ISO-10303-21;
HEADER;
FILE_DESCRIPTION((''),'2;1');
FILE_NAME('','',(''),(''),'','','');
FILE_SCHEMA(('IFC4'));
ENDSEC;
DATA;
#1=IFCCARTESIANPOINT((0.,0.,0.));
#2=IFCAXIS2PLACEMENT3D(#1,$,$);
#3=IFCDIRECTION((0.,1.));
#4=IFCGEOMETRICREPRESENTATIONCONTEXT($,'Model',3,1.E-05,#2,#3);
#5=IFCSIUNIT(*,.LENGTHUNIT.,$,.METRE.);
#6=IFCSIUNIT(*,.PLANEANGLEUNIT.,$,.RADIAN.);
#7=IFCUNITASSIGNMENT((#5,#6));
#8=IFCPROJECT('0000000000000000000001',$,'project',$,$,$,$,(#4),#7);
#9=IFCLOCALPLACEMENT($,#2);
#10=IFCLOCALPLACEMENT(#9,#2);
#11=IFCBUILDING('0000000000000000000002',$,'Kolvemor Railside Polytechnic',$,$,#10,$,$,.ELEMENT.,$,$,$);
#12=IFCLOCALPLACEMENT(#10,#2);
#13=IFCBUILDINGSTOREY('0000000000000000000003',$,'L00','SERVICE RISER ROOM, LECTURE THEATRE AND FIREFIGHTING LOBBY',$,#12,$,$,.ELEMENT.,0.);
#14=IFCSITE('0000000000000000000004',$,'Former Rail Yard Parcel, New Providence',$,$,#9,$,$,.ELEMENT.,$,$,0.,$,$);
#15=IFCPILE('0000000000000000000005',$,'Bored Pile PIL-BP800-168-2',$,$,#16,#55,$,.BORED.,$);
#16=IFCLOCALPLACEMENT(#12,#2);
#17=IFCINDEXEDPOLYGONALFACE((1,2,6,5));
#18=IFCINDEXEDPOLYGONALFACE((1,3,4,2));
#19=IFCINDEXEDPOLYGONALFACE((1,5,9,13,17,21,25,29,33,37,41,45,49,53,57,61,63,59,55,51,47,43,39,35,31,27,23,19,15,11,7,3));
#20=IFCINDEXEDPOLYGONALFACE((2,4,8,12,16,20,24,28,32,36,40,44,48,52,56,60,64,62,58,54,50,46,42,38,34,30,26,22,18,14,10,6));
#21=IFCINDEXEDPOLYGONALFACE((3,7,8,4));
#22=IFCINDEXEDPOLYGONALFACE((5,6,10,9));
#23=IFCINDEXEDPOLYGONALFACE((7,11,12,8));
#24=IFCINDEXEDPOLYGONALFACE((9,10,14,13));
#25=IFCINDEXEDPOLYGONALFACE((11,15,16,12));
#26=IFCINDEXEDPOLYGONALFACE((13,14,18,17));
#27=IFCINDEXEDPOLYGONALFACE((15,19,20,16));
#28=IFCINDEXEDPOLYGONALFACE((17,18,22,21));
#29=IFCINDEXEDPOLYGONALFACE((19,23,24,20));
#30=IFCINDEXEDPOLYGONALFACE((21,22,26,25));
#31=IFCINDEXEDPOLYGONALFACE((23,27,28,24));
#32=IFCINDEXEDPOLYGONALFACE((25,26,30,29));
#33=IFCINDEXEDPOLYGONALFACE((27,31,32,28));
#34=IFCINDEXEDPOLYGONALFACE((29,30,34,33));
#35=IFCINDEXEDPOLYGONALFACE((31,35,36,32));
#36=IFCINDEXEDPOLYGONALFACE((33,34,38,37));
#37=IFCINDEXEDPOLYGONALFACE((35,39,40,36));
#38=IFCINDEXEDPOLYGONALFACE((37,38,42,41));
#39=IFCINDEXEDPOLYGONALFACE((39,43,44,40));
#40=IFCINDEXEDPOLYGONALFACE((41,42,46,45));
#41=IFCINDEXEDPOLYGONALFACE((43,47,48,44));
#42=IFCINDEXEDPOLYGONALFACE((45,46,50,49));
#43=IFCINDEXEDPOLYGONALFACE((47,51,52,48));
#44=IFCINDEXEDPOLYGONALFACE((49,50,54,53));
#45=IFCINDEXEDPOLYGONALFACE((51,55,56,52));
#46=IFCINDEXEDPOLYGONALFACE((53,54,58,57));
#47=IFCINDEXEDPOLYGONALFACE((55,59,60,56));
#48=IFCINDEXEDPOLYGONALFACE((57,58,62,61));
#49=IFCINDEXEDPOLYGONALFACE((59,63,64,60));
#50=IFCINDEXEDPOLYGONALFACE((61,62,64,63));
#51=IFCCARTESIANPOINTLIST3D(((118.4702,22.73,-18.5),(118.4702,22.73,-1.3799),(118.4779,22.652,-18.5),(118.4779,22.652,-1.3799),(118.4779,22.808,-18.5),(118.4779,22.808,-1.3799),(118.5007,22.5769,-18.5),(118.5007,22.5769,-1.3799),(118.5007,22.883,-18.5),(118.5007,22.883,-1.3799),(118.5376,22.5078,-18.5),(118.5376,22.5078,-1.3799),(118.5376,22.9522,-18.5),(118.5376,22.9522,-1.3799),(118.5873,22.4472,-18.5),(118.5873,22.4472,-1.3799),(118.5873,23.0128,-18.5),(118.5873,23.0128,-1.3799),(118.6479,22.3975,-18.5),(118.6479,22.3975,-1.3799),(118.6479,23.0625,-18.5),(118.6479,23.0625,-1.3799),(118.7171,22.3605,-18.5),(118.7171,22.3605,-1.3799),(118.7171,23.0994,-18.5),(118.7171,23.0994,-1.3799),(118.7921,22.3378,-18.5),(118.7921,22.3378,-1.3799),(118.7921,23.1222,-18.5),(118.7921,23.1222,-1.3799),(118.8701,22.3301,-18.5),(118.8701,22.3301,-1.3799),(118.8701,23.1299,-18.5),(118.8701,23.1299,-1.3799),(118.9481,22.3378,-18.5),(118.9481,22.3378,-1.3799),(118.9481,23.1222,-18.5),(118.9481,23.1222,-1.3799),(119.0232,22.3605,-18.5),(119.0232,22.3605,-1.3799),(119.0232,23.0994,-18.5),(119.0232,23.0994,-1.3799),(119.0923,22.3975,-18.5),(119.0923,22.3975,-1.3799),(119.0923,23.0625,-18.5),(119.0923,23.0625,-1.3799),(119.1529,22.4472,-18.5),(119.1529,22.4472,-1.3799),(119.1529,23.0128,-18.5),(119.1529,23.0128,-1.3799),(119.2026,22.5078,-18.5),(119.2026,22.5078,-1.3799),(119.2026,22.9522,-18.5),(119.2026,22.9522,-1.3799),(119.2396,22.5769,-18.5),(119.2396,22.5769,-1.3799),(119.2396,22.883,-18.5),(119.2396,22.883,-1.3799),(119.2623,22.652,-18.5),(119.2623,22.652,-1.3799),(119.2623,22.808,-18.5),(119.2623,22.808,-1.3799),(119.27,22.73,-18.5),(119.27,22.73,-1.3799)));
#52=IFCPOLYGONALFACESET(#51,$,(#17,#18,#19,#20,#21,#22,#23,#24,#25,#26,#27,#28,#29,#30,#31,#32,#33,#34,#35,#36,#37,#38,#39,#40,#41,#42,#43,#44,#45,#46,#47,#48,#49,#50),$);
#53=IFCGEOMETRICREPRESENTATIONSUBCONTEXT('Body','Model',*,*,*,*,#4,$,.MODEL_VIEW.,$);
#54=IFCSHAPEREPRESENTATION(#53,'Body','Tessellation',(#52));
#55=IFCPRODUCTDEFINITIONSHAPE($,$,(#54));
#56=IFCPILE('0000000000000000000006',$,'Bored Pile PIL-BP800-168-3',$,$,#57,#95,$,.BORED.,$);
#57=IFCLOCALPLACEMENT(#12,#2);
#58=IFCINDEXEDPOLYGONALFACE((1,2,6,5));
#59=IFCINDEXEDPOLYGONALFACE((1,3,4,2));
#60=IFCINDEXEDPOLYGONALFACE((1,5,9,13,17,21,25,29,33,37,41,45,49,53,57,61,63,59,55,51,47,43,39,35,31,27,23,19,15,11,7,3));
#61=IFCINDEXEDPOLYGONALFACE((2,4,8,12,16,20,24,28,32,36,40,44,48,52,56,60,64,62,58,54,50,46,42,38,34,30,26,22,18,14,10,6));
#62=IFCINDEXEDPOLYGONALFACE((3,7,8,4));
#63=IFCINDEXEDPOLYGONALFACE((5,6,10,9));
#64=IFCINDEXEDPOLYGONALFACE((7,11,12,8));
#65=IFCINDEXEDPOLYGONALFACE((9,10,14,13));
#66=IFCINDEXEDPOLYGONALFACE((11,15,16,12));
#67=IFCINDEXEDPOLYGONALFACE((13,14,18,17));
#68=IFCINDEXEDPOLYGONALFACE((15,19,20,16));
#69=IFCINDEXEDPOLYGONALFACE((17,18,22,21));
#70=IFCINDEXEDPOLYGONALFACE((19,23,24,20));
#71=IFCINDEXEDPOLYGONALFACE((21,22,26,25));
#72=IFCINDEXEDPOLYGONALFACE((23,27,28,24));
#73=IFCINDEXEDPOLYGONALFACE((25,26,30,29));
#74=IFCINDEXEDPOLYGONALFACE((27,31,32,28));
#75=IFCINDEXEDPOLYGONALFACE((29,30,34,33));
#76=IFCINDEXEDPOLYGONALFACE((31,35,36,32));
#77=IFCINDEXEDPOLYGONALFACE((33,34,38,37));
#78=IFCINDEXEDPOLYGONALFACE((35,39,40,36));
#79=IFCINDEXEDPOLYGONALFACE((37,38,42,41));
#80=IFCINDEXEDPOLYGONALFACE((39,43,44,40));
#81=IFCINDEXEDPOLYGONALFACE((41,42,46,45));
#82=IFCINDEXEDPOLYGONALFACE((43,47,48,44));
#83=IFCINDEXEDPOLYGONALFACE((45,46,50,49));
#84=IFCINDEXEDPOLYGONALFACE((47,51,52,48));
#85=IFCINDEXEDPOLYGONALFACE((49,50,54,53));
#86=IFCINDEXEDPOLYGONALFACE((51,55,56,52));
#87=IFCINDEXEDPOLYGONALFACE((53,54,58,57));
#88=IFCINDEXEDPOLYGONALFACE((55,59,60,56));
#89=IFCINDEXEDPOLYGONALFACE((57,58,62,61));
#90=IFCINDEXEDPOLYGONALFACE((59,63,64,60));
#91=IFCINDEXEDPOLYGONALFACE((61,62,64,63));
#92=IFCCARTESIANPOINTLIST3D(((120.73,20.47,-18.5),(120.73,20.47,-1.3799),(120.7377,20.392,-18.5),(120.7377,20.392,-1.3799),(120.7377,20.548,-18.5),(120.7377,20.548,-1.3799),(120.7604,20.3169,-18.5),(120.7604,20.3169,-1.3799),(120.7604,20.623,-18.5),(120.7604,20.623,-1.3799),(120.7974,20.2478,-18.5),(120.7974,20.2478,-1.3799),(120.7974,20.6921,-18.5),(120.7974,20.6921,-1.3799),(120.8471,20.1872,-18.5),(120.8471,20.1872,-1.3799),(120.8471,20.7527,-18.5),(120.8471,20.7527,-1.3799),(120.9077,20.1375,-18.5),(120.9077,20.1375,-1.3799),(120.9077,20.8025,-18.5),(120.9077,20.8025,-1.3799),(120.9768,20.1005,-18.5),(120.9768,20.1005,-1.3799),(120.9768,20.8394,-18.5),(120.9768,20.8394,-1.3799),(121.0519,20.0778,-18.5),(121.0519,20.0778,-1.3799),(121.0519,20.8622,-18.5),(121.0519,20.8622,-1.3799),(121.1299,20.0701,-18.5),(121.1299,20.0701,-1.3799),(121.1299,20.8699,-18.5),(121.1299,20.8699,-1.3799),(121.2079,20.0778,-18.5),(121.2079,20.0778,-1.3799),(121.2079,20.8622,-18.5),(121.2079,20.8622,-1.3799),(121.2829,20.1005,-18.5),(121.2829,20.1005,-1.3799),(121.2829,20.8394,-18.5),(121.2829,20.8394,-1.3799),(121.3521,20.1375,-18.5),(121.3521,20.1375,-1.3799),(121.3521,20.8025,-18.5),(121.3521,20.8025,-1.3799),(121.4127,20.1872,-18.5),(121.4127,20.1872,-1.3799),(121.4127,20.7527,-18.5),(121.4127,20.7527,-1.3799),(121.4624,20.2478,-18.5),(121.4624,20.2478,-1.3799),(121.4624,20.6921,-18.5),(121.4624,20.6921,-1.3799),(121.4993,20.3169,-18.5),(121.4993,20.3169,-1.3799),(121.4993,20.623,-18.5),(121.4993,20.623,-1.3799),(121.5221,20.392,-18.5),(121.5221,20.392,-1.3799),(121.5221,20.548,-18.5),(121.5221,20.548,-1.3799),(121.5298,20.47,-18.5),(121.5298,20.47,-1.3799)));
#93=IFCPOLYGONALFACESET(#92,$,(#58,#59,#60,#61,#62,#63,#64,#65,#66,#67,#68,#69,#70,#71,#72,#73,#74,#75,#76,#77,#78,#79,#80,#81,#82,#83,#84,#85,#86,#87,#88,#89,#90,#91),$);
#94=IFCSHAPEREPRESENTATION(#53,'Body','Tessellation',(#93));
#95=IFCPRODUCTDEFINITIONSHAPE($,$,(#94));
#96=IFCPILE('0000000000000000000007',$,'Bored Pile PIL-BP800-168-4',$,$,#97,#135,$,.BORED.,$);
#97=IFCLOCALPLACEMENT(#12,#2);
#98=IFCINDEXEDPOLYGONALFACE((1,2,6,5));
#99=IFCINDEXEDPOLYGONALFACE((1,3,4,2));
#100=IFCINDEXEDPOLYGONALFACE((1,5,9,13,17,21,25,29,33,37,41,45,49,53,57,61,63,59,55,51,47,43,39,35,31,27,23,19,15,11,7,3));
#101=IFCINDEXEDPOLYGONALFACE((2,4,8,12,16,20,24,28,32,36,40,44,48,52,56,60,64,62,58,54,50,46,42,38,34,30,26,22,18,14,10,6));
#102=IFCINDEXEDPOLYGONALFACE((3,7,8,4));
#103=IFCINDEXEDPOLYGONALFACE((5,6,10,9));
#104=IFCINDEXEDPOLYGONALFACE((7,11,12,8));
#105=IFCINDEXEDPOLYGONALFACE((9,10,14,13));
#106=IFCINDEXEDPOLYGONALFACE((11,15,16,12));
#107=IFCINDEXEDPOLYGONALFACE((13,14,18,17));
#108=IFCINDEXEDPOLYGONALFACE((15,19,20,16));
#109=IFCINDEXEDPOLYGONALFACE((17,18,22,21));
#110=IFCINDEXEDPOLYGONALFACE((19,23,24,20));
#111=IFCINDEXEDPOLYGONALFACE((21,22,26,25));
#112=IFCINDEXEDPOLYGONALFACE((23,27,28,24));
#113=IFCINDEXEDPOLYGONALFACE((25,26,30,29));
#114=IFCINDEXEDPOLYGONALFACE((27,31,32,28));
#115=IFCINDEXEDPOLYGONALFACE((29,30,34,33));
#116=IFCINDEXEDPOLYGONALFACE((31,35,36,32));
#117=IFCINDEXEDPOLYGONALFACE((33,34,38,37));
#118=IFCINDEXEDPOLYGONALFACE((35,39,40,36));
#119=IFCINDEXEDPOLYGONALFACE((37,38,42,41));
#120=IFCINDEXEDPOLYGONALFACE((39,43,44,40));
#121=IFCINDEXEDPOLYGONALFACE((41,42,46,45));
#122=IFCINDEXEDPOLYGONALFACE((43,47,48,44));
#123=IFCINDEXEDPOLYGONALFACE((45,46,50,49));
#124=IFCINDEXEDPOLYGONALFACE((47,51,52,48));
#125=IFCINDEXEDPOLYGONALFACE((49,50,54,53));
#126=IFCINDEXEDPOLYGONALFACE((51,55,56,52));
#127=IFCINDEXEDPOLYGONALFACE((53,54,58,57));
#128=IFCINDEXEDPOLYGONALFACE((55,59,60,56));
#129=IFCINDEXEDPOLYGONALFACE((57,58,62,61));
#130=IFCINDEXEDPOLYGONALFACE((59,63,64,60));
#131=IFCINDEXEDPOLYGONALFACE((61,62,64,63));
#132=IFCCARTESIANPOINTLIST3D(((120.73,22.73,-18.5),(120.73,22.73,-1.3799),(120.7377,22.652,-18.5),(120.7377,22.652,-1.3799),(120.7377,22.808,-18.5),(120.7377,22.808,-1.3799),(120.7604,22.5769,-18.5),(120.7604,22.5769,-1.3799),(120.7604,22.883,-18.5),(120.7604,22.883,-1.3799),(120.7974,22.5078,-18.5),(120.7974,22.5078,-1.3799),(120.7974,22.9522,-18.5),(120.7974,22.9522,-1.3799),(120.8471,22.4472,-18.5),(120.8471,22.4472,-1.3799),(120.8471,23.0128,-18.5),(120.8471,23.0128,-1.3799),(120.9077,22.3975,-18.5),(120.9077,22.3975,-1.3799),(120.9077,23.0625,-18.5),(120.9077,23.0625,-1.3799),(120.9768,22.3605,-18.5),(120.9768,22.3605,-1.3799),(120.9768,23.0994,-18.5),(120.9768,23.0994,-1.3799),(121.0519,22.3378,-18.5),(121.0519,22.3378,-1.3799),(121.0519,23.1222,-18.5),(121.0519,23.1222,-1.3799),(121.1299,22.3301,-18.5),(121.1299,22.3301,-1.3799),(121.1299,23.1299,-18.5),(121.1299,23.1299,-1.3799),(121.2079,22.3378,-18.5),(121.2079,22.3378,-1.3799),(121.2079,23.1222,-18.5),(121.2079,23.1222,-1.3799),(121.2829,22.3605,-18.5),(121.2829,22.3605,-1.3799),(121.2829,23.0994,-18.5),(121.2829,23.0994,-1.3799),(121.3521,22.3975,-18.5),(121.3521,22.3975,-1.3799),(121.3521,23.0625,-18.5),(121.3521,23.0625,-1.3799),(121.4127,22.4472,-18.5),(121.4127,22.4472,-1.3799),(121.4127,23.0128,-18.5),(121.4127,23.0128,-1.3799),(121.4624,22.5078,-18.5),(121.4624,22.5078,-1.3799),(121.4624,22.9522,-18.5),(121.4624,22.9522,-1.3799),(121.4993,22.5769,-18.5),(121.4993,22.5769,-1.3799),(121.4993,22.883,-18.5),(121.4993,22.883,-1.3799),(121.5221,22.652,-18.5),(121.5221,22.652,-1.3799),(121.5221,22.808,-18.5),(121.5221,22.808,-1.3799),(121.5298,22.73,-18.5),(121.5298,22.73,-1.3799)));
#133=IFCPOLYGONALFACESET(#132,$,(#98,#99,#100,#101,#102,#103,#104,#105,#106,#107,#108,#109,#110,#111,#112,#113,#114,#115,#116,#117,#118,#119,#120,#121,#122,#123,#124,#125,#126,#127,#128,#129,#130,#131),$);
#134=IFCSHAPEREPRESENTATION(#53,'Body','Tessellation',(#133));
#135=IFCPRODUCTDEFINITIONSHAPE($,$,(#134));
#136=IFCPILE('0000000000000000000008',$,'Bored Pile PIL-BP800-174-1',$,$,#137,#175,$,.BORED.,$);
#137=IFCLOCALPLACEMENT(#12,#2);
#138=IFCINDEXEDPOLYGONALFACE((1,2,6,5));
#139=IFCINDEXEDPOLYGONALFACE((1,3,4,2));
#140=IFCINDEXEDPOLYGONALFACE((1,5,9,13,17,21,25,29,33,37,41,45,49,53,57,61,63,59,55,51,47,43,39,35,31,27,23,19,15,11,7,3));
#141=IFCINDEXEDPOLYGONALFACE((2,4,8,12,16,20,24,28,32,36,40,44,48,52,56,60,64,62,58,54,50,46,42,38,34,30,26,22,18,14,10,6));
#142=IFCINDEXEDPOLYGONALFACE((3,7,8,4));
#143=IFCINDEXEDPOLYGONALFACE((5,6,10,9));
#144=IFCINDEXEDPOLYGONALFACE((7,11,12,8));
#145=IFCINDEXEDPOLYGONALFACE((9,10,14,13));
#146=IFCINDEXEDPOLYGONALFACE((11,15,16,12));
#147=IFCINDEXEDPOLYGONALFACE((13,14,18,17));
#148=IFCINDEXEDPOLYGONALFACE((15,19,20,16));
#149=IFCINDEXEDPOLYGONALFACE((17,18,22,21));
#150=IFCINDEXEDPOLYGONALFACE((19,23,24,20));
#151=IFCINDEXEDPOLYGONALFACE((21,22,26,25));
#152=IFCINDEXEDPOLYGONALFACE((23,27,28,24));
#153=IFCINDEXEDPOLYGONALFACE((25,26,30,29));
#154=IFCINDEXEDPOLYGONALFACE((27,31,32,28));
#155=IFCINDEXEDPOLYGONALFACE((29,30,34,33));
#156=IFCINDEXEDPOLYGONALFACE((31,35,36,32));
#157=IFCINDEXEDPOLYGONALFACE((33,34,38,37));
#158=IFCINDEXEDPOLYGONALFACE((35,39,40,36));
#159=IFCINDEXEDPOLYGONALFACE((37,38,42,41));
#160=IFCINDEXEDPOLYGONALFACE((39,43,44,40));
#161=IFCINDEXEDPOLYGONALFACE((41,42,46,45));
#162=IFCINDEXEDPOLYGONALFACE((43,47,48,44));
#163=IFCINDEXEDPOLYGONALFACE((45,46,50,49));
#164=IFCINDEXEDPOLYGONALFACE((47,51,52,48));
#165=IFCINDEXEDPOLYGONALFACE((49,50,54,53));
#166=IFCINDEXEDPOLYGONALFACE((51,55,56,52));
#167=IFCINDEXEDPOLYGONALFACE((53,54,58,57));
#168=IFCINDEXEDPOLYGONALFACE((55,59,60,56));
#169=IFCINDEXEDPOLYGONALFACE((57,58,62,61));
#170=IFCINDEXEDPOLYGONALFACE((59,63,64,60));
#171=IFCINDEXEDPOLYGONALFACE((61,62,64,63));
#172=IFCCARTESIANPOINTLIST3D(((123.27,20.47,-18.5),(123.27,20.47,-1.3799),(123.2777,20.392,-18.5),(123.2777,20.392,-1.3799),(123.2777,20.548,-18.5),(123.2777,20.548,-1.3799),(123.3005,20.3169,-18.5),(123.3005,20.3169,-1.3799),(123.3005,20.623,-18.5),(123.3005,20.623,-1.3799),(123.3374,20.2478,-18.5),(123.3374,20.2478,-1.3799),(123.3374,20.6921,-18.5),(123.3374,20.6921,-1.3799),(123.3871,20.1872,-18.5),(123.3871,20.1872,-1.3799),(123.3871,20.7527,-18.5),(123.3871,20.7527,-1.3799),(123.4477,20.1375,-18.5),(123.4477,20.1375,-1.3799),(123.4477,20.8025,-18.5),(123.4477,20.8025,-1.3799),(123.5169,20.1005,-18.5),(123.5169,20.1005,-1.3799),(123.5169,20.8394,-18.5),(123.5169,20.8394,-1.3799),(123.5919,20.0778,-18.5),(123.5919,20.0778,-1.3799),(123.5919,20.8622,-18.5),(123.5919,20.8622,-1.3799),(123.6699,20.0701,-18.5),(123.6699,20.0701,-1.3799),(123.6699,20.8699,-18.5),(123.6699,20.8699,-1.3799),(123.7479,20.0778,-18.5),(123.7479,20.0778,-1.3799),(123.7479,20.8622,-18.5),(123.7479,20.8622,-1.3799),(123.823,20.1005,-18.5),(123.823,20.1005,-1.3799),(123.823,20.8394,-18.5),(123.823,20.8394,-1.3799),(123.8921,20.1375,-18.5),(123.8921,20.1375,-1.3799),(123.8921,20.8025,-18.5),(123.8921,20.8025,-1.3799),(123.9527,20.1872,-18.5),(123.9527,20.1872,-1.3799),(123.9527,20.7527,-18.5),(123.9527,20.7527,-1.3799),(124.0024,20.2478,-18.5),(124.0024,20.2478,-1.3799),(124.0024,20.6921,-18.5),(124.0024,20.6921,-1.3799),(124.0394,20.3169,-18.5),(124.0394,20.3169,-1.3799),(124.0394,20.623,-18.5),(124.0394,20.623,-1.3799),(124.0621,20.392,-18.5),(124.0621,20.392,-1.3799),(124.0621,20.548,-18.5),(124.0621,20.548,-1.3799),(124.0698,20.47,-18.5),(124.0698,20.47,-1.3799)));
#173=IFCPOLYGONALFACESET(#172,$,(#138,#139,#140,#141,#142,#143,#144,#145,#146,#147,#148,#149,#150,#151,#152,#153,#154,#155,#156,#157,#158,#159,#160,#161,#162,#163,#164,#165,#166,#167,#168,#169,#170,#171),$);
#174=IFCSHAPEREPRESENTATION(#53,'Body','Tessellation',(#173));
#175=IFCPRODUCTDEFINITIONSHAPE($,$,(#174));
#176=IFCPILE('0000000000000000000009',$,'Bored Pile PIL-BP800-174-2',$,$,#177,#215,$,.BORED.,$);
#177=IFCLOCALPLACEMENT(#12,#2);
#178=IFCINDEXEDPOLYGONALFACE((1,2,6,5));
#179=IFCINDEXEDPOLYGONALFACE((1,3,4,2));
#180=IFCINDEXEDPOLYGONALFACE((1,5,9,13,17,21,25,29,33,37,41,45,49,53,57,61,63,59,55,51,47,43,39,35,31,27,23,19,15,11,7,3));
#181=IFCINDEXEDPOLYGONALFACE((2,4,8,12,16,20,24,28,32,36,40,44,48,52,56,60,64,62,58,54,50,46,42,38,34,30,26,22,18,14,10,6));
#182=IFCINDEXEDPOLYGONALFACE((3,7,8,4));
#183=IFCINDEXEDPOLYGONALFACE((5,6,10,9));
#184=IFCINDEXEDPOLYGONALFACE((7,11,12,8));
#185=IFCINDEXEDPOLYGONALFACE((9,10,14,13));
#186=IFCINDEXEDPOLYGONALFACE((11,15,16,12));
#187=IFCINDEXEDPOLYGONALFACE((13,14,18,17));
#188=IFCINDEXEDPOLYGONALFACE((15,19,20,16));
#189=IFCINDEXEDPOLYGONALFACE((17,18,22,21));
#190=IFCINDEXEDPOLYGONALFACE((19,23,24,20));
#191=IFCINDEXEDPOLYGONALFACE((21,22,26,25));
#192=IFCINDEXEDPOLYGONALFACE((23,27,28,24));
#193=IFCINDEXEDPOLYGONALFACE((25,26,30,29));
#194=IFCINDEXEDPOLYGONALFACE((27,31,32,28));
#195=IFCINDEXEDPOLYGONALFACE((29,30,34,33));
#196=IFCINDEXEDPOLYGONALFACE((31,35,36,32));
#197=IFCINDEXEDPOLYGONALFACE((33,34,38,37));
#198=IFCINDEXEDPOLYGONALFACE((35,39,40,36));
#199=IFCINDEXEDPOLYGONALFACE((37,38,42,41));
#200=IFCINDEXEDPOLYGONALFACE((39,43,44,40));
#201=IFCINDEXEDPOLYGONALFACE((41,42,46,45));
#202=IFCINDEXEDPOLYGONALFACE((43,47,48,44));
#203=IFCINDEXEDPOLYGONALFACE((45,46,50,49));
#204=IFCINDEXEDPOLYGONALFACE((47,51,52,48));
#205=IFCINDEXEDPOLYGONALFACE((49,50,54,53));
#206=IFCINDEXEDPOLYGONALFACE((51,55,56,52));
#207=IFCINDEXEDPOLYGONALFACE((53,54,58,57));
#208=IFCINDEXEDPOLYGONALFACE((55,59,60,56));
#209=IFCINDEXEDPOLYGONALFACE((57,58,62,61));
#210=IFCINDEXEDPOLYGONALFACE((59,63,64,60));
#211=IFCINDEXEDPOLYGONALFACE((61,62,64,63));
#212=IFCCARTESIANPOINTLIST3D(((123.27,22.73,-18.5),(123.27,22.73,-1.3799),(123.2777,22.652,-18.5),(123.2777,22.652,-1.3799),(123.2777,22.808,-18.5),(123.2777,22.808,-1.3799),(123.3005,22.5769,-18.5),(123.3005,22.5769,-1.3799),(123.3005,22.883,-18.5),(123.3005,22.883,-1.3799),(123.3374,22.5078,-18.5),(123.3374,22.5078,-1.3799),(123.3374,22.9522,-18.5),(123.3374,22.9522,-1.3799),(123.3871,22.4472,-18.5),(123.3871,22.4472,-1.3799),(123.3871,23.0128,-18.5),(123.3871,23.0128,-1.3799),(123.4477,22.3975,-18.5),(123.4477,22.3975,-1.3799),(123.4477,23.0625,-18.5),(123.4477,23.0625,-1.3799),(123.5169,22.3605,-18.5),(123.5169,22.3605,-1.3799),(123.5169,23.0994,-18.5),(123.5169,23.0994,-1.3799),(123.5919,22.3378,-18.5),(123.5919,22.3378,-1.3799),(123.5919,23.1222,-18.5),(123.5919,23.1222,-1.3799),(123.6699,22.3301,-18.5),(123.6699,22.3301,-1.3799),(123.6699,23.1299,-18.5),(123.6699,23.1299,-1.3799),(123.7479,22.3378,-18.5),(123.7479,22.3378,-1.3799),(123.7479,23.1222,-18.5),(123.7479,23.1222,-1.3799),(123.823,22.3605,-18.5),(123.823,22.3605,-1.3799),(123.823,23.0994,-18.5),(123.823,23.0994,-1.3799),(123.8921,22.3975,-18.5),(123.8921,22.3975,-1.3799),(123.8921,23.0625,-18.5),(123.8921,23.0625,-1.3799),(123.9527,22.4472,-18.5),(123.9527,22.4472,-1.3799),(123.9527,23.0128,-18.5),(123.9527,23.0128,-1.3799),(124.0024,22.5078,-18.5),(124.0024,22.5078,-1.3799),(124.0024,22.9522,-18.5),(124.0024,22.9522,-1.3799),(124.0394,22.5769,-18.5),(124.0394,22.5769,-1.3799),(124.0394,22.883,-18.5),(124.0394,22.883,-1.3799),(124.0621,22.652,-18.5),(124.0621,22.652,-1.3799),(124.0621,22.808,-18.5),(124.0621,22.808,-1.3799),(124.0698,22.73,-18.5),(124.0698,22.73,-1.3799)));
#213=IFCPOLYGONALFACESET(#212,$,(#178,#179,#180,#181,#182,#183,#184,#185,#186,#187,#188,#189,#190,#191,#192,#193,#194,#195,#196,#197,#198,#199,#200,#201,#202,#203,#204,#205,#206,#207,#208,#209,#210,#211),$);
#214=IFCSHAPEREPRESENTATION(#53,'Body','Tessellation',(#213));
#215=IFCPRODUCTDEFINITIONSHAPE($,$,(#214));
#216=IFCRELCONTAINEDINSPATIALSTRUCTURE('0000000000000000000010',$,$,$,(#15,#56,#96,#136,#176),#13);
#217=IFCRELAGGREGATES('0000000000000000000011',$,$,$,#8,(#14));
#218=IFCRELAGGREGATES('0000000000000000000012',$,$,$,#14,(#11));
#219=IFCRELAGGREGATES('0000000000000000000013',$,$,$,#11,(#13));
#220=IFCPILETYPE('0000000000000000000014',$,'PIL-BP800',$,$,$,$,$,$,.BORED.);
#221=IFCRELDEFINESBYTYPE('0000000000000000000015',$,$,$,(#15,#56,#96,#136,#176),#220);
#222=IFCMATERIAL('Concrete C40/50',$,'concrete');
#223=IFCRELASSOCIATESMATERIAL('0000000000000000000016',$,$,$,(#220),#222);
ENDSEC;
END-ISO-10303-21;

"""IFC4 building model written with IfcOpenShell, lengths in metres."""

from ifc_helpers import new_model, si_unit, direction, frame, origin, origin_2d, place, context, subcontext, project, spatial, circle, extrude, material, material_profile, profile_set, type_object, element, save


model = new_model("IFC4")

# Units and contexts
model_context = context("Model", 3, precision=1e-05, world=origin(), true_north=direction((0.0, 1.0)))
body_context = subcontext(model_context, "Body", "Model", "MODEL_VIEW")
ifc_project = project(units=[si_unit("LENGTHUNIT", "METRE"), si_unit("PLANEANGLEUNIT", "RADIAN")], contexts=[model_context])

# Site, building, storey
site_placement = place(None, origin())
site = spatial("IfcSite", under=ifc_project, at=site_placement, Name="Former Rail Yard Parcel, New Providence", CompositionType="ELEMENT", RefElevation=0.0)
building_placement = place(site_placement, origin())
building = spatial("IfcBuilding", under=site, at=building_placement, Name="Kolvemor Railside Polytechnic", CompositionType="ELEMENT")
storey_placement = place(building_placement, origin())
storey = spatial("IfcBuildingStorey", under=building, at=storey_placement, Name="L00", Description="SERVICE RISER ROOM, LECTURE THEATRE AND FIREFIGHTING LOBBY", CompositionType="ELEMENT", Elevation=0.0)

# Piles
ifc_material_1 = material(Name="Concrete C40/50", Category="concrete")
ifc_material_profile_1 = material_profile(ifc_material_1, circle(Radius=0.3999, at=origin_2d()), Name="BP800")
ifc_profile_set_1 = profile_set([ifc_material_profile_1], Name="Concrete C40/50")
pile_type_1 = type_object("IfcPileType", Name="PIL-BP800", PredefinedType="BORED", material=ifc_profile_set_1)
for number, where, z_axis, x_axis, name in (
    (1, (118.8701, 22.73, -1.3799), (0.0, 0.0, -1.0), (1.0, 0.0, 0.0), "Bored Pile PIL-BP800-168-2"),
    (2, (121.1299, 20.47, -1.3799), (0.0, 0.0, -1.0), (1.0, 0.0, 0.0), "Bored Pile PIL-BP800-168-3"),
    (3, (121.1299, 22.73, -1.3799), (0.0, 0.0, -1.0), (1.0, 0.0, 0.0), "Bored Pile PIL-BP800-168-4"),
    (4, (123.6699, 20.47, -1.3799), (0.0, 0.0, -1.0), (1.0, 0.0, 0.0), "Bored Pile PIL-BP800-174-1"),
    (5, (123.6699, 22.73, -1.3799), (0.0, 0.0, -1.0), (1.0, 0.0, 0.0), "Bored Pile PIL-BP800-174-2"),
):
    element("IfcPile", number, at=place(storey_placement, frame(where, z_axis=z_axis, x_axis=x_axis)), inside=storey, type_object=pile_type_1, Name=name, PredefinedType="BORED", context=body_context, shape_type="SweptSolid", body=[
        extrude(circle(Radius=0.3999, at=origin_2d()), origin(), (0.0, 0.0, 1.0), 17.1201),
    ])

save(model, "model.ifc")
